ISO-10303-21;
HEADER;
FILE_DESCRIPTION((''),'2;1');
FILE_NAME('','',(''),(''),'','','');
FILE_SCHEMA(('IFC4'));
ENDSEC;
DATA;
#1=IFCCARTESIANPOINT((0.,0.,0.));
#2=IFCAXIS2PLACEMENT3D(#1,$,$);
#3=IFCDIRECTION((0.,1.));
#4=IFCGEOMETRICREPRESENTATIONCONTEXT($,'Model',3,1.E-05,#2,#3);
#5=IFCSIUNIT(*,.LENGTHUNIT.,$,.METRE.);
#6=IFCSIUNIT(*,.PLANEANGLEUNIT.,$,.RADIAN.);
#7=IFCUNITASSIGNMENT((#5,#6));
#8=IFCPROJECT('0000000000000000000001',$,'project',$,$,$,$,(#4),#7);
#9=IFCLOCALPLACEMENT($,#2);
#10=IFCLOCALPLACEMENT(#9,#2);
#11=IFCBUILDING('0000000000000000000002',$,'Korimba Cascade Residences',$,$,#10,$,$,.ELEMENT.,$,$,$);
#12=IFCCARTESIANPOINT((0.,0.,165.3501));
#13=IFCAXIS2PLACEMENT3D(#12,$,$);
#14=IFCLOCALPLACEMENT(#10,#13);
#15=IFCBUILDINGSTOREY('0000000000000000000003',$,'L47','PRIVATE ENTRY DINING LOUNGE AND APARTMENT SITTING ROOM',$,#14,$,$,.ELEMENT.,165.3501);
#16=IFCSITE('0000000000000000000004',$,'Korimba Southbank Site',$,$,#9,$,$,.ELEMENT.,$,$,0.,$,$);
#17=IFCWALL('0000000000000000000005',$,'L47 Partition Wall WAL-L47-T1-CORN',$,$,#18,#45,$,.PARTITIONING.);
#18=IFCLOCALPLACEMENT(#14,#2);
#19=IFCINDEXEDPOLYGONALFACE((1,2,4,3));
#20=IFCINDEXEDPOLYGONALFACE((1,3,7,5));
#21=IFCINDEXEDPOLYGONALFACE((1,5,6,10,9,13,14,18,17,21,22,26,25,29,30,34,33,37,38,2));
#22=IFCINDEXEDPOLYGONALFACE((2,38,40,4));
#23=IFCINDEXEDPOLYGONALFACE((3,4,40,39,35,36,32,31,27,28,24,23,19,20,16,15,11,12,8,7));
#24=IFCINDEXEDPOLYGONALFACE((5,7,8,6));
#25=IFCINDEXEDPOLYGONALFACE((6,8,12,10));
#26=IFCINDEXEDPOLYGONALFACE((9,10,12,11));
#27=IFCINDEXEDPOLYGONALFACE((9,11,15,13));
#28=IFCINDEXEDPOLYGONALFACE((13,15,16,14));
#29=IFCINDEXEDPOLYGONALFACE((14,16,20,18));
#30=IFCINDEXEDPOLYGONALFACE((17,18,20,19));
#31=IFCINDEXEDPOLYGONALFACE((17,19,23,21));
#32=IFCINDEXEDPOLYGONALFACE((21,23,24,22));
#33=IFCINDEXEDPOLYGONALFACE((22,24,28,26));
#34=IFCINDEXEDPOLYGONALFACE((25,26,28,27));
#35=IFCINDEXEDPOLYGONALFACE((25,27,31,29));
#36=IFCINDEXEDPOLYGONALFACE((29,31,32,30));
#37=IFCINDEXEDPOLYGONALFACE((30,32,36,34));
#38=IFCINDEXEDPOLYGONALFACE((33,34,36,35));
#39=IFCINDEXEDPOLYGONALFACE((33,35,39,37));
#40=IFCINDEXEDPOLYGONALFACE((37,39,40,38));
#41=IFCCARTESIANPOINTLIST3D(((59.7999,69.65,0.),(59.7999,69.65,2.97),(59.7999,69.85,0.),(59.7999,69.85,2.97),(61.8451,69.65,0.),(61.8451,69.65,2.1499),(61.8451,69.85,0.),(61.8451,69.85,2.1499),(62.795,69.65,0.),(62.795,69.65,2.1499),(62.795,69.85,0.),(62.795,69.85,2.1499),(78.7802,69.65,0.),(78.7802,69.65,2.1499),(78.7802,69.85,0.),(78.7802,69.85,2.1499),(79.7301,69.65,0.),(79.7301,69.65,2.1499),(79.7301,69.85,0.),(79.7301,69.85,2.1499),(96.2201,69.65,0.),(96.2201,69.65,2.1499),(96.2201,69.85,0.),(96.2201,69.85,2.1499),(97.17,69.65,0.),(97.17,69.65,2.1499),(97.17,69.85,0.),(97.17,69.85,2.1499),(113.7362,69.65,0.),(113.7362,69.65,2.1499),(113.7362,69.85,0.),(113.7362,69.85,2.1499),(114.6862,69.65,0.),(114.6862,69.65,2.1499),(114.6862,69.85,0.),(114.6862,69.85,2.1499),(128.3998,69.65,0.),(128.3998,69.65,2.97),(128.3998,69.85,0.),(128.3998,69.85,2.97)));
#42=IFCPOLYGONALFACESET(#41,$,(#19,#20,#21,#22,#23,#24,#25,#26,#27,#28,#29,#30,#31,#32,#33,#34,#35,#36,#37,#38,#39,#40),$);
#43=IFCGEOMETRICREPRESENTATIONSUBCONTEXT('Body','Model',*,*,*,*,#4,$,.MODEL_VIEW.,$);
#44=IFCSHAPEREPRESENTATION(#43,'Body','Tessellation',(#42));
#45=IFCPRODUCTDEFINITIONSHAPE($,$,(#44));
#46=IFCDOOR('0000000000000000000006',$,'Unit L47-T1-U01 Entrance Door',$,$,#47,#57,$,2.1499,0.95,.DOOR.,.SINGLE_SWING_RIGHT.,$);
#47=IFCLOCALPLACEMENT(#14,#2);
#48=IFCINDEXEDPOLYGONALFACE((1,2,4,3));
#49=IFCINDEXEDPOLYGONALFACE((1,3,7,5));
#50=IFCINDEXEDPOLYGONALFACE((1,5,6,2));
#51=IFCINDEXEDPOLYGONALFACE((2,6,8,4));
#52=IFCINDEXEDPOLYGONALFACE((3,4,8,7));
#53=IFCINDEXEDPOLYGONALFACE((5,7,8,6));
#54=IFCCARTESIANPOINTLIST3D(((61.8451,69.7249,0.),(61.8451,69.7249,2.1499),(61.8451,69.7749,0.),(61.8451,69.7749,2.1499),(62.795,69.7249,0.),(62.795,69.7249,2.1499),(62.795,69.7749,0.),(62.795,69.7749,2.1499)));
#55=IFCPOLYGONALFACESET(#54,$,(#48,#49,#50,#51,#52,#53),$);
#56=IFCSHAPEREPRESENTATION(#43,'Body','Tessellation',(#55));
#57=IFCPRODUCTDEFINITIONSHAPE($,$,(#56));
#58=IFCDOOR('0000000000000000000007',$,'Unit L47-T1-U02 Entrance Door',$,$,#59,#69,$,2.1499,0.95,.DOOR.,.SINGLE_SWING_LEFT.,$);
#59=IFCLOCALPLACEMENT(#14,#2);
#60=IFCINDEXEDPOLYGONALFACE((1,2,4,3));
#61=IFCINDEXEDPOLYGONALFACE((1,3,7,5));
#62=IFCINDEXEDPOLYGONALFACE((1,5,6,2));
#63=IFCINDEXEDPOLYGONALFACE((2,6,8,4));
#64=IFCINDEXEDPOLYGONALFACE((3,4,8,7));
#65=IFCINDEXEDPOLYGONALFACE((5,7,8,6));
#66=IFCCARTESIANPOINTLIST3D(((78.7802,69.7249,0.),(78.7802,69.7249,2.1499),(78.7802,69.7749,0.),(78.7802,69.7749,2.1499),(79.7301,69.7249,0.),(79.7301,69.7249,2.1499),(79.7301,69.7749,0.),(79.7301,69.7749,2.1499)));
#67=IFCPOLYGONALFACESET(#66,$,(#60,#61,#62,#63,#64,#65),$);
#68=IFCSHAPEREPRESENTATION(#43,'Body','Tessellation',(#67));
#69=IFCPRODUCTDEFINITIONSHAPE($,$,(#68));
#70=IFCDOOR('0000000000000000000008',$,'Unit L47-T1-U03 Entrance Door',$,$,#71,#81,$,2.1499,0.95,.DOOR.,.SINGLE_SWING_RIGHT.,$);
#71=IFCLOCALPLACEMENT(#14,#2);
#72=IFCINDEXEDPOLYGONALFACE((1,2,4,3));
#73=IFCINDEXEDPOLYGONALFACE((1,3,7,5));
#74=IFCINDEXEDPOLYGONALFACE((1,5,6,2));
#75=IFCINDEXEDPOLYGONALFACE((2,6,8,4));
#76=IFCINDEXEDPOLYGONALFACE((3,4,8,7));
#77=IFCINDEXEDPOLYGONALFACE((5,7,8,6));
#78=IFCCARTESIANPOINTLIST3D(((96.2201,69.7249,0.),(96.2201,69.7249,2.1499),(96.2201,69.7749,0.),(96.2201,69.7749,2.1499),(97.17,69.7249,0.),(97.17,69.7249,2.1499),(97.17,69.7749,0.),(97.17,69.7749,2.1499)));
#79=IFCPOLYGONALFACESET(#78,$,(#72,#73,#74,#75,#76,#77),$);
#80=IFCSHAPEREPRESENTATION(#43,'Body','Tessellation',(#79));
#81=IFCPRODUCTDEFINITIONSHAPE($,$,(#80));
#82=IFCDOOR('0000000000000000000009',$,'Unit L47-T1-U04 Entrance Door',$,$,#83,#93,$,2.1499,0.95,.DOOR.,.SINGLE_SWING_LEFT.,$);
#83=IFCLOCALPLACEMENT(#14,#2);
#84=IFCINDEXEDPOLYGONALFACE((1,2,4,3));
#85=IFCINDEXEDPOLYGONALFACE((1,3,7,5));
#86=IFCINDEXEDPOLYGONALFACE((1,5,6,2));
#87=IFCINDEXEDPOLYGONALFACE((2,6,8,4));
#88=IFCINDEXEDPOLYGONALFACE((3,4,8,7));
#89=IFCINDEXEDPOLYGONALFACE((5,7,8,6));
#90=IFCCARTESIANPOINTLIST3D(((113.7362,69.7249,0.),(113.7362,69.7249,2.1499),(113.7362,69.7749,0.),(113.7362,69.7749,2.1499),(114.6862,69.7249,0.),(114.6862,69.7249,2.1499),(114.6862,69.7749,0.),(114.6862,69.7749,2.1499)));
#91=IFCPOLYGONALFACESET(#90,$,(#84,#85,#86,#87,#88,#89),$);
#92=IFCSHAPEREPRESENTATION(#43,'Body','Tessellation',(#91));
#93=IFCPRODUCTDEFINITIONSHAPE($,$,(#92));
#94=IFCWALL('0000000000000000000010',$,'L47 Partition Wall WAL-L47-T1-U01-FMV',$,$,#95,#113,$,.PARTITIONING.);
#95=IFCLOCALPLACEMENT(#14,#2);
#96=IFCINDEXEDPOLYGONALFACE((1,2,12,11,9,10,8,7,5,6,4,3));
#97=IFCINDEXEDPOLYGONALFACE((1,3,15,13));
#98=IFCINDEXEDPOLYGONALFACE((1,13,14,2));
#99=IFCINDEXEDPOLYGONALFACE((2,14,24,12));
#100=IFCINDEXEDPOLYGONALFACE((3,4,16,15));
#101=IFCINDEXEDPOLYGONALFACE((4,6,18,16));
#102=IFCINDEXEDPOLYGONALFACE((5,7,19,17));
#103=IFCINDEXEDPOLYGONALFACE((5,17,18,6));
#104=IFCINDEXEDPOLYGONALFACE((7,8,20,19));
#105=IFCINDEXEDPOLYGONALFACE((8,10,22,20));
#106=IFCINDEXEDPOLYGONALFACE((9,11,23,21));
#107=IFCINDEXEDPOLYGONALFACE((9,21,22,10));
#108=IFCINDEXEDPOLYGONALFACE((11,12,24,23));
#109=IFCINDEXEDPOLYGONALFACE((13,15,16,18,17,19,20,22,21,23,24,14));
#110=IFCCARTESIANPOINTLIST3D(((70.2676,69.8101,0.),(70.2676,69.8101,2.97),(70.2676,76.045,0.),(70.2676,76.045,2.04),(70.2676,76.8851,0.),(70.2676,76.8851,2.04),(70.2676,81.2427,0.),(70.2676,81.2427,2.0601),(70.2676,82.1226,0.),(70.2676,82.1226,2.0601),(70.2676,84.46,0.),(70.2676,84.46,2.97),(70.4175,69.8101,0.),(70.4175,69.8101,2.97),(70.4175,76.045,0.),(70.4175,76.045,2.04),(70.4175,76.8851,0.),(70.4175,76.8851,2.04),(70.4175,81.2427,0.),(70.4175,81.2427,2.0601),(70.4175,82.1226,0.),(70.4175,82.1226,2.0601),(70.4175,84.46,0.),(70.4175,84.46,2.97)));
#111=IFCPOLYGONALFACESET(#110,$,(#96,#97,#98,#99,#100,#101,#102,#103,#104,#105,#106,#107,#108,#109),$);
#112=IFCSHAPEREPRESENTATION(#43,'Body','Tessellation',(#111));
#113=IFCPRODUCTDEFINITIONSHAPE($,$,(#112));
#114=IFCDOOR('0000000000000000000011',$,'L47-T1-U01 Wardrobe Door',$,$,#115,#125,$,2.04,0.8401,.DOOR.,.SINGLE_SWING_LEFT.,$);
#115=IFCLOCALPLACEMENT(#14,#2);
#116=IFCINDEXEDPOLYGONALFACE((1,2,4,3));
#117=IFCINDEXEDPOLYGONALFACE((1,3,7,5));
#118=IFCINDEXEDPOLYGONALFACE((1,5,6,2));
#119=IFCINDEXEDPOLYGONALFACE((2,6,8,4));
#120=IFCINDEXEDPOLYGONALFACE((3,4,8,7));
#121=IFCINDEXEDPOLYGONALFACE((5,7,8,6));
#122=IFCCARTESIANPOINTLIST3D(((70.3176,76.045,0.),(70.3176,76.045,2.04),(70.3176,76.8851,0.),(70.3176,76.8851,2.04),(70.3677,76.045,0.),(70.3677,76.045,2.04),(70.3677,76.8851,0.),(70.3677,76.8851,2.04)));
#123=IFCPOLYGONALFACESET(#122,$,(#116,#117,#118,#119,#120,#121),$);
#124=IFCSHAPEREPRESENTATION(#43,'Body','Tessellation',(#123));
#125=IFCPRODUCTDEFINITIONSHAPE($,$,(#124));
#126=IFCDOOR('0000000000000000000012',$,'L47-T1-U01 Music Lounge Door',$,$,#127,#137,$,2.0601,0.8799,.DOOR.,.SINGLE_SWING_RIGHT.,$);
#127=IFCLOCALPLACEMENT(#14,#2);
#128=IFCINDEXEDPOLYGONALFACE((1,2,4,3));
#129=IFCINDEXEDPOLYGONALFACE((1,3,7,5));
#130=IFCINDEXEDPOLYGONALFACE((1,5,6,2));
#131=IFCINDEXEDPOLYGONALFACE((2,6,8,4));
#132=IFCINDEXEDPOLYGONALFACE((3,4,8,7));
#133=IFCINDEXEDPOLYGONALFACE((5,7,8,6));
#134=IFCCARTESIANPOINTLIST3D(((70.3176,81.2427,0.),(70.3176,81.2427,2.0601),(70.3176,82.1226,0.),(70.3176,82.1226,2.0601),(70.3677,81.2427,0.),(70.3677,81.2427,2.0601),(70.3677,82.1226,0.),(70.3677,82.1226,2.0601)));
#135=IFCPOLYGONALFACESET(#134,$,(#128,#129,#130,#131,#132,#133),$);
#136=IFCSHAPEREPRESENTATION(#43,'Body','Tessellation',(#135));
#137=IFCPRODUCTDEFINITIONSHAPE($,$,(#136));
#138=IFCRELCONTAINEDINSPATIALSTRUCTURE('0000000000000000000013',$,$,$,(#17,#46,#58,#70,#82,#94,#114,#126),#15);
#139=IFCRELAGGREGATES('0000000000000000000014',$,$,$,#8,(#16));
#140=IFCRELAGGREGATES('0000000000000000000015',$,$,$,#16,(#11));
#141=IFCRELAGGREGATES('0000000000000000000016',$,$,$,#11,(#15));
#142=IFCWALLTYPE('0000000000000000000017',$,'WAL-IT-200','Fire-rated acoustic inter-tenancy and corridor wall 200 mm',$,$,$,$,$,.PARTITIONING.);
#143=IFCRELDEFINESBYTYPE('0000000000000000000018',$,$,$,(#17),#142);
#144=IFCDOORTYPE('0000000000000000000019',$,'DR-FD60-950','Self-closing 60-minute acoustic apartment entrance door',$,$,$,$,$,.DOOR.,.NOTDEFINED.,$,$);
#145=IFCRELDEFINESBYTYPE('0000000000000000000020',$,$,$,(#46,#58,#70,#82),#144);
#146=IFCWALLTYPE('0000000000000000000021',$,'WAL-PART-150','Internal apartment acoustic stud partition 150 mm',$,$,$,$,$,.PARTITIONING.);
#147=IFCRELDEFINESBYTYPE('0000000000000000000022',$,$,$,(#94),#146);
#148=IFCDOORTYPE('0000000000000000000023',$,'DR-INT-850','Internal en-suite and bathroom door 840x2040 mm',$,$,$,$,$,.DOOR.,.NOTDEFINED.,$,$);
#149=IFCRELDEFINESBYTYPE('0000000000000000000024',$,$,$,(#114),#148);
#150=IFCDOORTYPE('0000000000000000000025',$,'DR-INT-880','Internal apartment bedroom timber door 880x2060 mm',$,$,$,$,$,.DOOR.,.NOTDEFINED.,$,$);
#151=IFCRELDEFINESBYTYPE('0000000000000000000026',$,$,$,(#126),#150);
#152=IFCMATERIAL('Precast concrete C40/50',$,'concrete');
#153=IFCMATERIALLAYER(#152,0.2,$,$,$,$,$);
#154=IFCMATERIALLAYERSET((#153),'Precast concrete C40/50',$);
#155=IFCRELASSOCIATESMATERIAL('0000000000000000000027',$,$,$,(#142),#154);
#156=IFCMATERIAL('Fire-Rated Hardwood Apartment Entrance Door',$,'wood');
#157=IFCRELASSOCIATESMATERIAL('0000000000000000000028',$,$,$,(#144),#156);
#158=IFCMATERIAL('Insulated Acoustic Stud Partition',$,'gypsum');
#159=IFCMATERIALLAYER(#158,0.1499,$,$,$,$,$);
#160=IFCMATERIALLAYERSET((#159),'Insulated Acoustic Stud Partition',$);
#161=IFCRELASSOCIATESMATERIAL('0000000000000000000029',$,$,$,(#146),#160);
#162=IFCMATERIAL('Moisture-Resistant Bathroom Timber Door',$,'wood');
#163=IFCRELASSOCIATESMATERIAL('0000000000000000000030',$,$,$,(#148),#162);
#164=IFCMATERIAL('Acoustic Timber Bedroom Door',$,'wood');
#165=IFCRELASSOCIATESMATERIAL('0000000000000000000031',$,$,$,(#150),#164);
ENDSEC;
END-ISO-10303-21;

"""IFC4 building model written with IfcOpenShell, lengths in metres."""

from ifc_helpers import new_model, si_unit, direction, frame, frame_2d, origin, place, context, subcontext, project, spatial, rectangle, extrude, material, layer, layer_set, type_object, element, fill, save


model = new_model("IFC4")

# Units and contexts
model_context = context("Model", 3, precision=1e-05, world=origin(), true_north=direction((0.0, 1.0)))
body_context = subcontext(model_context, "Body", "Model", "MODEL_VIEW")
ifc_project = project(units=[si_unit("LENGTHUNIT", "METRE"), si_unit("PLANEANGLEUNIT", "RADIAN")], contexts=[model_context])

# Site, building, storey
site_placement = place(None, origin())
site = spatial("IfcSite", under=ifc_project, at=site_placement, Name="Korimba Southbank Site", CompositionType="ELEMENT", RefElevation=0.0)
building_placement = place(site_placement, origin())
building = spatial("IfcBuilding", under=site, at=building_placement, Name="Korimba Cascade Residences", CompositionType="ELEMENT")
storey_placement = place(building_placement, frame((0.0, 0.0, 165.3501)))
storey = spatial("IfcBuildingStorey", under=building, at=storey_placement, Name="L47", Description="PRIVATE ENTRY DINING LOUNGE AND APARTMENT SITTING ROOM", CompositionType="ELEMENT", Elevation=165.3501)

# Shared definitions
ifc_material_1 = material(Name="Precast concrete C40/50", Category="concrete")
ifc_layer_1 = layer(ifc_material_1, 0.2)
ifc_layer_set_1 = layer_set([ifc_layer_1], Name="Precast concrete C40/50")
wall_type_1 = type_object("IfcWallType", Name="WAL-IT-200", Description="Fire-rated acoustic inter-tenancy and corridor wall 200 mm", PredefinedType="PARTITIONING", material=ifc_layer_set_1)

# Walls, openings, doors
wall_1_placement = place(storey_placement, frame((59.8, 69.75, 0.0), z_axis=(0.0, 0.0, 1.0), x_axis=(1.0, 0.0, 0.0)))
wall_1 = element("IfcWall", 1, at=wall_1_placement, inside=storey, type_object=wall_type_1, Name="L47 Partition Wall WAL-L47-T1-CORN", PredefinedType="PARTITIONING", context=body_context, shape_type="SweptSolid", body=[
    extrude(rectangle(XDim=68.5999, YDim=0.2, at=frame_2d((34.2998, 0.0))), origin(), (0.0, 0.0, 1.0), 2.97),
])
opening_1_placement = place(wall_1_placement, frame((2.0449, 0.0, 0.0)))
opening_1 = element("IfcOpeningElement", 2, at=opening_1_placement, cuts=wall_1, PredefinedType="OPENING", context=body_context, shape_type="SweptSolid", body=[
    extrude(rectangle(XDim=0.95, YDim=2.1499, at=frame_2d((0.4751, 1.075))), frame((0.0, 0.1099, 0.0), z_axis=(0.0, -1.0, 0.0), x_axis=(1.0, 0.0, 0.0)), (0.0, 0.0, 1.0), 0.22),
])
opening_2_placement = place(wall_1_placement, frame((18.98, 0.0, 0.0)))
opening_2 = element("IfcOpeningElement", 3, at=opening_2_placement, cuts=wall_1, PredefinedType="OPENING", context=body_context, shape_type="SweptSolid", body=[
    extrude(rectangle(XDim=0.95, YDim=2.1499, at=frame_2d((0.4751, 1.075))), frame((0.0, 0.1099, 0.0), z_axis=(0.0, -1.0, 0.0), x_axis=(1.0, 0.0, 0.0)), (0.0, 0.0, 1.0), 0.22),
])
opening_3_placement = place(wall_1_placement, frame((36.4199, 0.0, 0.0)))
opening_3 = element("IfcOpeningElement", 4, at=opening_3_placement, cuts=wall_1, PredefinedType="OPENING", context=body_context, shape_type="SweptSolid", body=[
    extrude(rectangle(XDim=0.95, YDim=2.1499, at=frame_2d((0.4751, 1.075))), frame((0.0, 0.1099, 0.0), z_axis=(0.0, -1.0, 0.0), x_axis=(1.0, 0.0, 0.0)), (0.0, 0.0, 1.0), 0.22),
])
opening_4_placement = place(wall_1_placement, frame((53.936, 0.0, 0.0)))
opening_4 = element("IfcOpeningElement", 5, at=opening_4_placement, cuts=wall_1, PredefinedType="OPENING", context=body_context, shape_type="SweptSolid", body=[
    extrude(rectangle(XDim=0.95, YDim=2.1499, at=frame_2d((0.4751, 1.075))), frame((0.0, 0.1099, 0.0), z_axis=(0.0, -1.0, 0.0), x_axis=(1.0, 0.0, 0.0)), (0.0, 0.0, 1.0), 0.22),
])
ifc_material_2 = material(Name="Fire-Rated Hardwood Apartment Entrance Door", Category="wood")
door_type_1 = type_object("IfcDoorType", Name="DR-FD60-950", Description="Self-closing 60-minute acoustic apartment entrance door", OperationType="NOTDEFINED", PredefinedType="DOOR", material=ifc_material_2)
door_1_placement = place(opening_1_placement, origin())
door_1 = element("IfcDoor", 6, at=door_1_placement, inside=storey, type_object=door_type_1, Name="Unit L47-T1-U01 Entrance Door", OperationType="SINGLE_SWING_RIGHT", OverallHeight=2.1499, OverallWidth=0.95, PredefinedType="DOOR", context=body_context, shape_type="SweptSolid", body=[
    extrude(rectangle(XDim=0.95, YDim=2.1499, at=frame_2d((0.4751, 1.075))), frame((0.0, 0.0249, 0.0), z_axis=(0.0, -1.0, 0.0), x_axis=(1.0, 0.0, 0.0)), (0.0, 0.0, 1.0), 0.05),
])
fill(opening_1, door_1)
door_2_placement = place(opening_2_placement, origin())
door_2 = element("IfcDoor", 7, at=door_2_placement, inside=storey, type_object=door_type_1, Name="Unit L47-T1-U02 Entrance Door", OperationType="SINGLE_SWING_LEFT", OverallHeight=2.1499, OverallWidth=0.95, PredefinedType="DOOR", context=body_context, shape_type="SweptSolid", body=[
    extrude(rectangle(XDim=0.95, YDim=2.1499, at=frame_2d((0.4751, 1.075))), frame((0.0, 0.0249, 0.0), z_axis=(0.0, -1.0, 0.0), x_axis=(1.0, 0.0, 0.0)), (0.0, 0.0, 1.0), 0.05),
])
fill(opening_2, door_2)
door_3_placement = place(opening_3_placement, origin())
door_3 = element("IfcDoor", 8, at=door_3_placement, inside=storey, type_object=door_type_1, Name="Unit L47-T1-U03 Entrance Door", OperationType="SINGLE_SWING_RIGHT", OverallHeight=2.1499, OverallWidth=0.95, PredefinedType="DOOR", context=body_context, shape_type="SweptSolid", body=[
    extrude(rectangle(XDim=0.95, YDim=2.1499, at=frame_2d((0.4751, 1.075))), frame((0.0, 0.0249, 0.0), z_axis=(0.0, -1.0, 0.0), x_axis=(1.0, 0.0, 0.0)), (0.0, 0.0, 1.0), 0.05),
])
fill(opening_3, door_3)
door_4_placement = place(opening_4_placement, origin())
door_4 = element("IfcDoor", 9, at=door_4_placement, inside=storey, type_object=door_type_1, Name="Unit L47-T1-U04 Entrance Door", OperationType="SINGLE_SWING_LEFT", OverallHeight=2.1499, OverallWidth=0.95, PredefinedType="DOOR", context=body_context, shape_type="SweptSolid", body=[
    extrude(rectangle(XDim=0.95, YDim=2.1499, at=frame_2d((0.4751, 1.075))), frame((0.0, 0.0249, 0.0), z_axis=(0.0, -1.0, 0.0), x_axis=(1.0, 0.0, 0.0)), (0.0, 0.0, 1.0), 0.05),
])
fill(opening_4, door_4)
ifc_material_3 = material(Name="Insulated Acoustic Stud Partition", Category="gypsum")
ifc_layer_2 = layer(ifc_material_3, 0.1499)
ifc_layer_set_2 = layer_set([ifc_layer_2], Name="Insulated Acoustic Stud Partition")
wall_type_2 = type_object("IfcWallType", Name="WAL-PART-150", Description="Internal apartment acoustic stud partition 150 mm", PredefinedType="PARTITIONING", material=ifc_layer_set_2)
wall_2_placement = place(storey_placement, frame((70.3425, 69.8101, 0.0), z_axis=(0.0, 0.0, 1.0), x_axis=(0.0, 1.0, 0.0)))
wall_2 = element("IfcWall", 10, at=wall_2_placement, inside=storey, type_object=wall_type_2, Name="L47 Partition Wall WAL-L47-T1-U01-FMV", PredefinedType="PARTITIONING", context=body_context, shape_type="SweptSolid", body=[
    extrude(rectangle(XDim=14.6499, YDim=0.1499, at=frame_2d((7.325, 0.0))), origin(), (0.0, 0.0, 1.0), 2.97),
])
opening_5_placement = place(wall_2_placement, frame((6.2351, 0.0, 0.0)))
opening_5 = element("IfcOpeningElement", 11, at=opening_5_placement, cuts=wall_2, PredefinedType="OPENING", context=body_context, shape_type="SweptSolid", body=[
    extrude(rectangle(XDim=0.8401, YDim=2.04, at=frame_2d((0.4199, 1.02))), frame((0.0, 0.085, 0.0), z_axis=(0.0, -1.0, 0.0), x_axis=(1.0, 0.0, 0.0)), (0.0, 0.0, 1.0), 0.1699),
])
opening_6_placement = place(wall_2_placement, frame((11.4326, 0.0, 0.0)))
opening_6 = element("IfcOpeningElement", 12, at=opening_6_placement, cuts=wall_2, PredefinedType="OPENING", context=body_context, shape_type="SweptSolid", body=[
    extrude(rectangle(XDim=0.8799, YDim=2.0601, at=frame_2d((0.4399, 1.03))), frame((0.0, 0.085, 0.0), z_axis=(0.0, -1.0, 0.0), x_axis=(1.0, 0.0, 0.0)), (0.0, 0.0, 1.0), 0.1699),
])
ifc_material_4 = material(Name="Moisture-Resistant Bathroom Timber Door", Category="wood")
door_type_2 = type_object("IfcDoorType", Name="DR-INT-850", Description="Internal en-suite and bathroom door 840x2040 mm", OperationType="NOTDEFINED", PredefinedType="DOOR", material=ifc_material_4)
door_5_placement = place(opening_5_placement, origin())
door_5 = element("IfcDoor", 13, at=door_5_placement, inside=storey, type_object=door_type_2, Name="L47-T1-U01 Wardrobe Door", OperationType="SINGLE_SWING_LEFT", OverallHeight=2.04, OverallWidth=0.8401, PredefinedType="DOOR", context=body_context, shape_type="SweptSolid", body=[
    extrude(rectangle(XDim=0.8401, YDim=2.04, at=frame_2d((0.4199, 1.02))), frame((0.0, 0.0249, 0.0), z_axis=(0.0, -1.0, 0.0), x_axis=(1.0, 0.0, 0.0)), (0.0, 0.0, 1.0), 0.05),
])
fill(opening_5, door_5)
ifc_material_5 = material(Name="Acoustic Timber Bedroom Door", Category="wood")
door_type_3 = type_object("IfcDoorType", Name="DR-INT-880", Description="Internal apartment bedroom timber door 880x2060 mm", OperationType="NOTDEFINED", PredefinedType="DOOR", material=ifc_material_5)
door_6_placement = place(opening_6_placement, origin())
door_6 = element("IfcDoor", 14, at=door_6_placement, inside=storey, type_object=door_type_3, Name="L47-T1-U01 Music Lounge Door", OperationType="SINGLE_SWING_RIGHT", OverallHeight=2.0601, OverallWidth=0.8799, PredefinedType="DOOR", context=body_context, shape_type="SweptSolid", body=[
    extrude(rectangle(XDim=0.8799, YDim=2.0601, at=frame_2d((0.4399, 1.03))), frame((0.0, 0.0249, 0.0), z_axis=(0.0, -1.0, 0.0), x_axis=(1.0, 0.0, 0.0)), (0.0, 0.0, 1.0), 0.05),
])
fill(opening_6, door_6)

save(model, "model.ifc")
